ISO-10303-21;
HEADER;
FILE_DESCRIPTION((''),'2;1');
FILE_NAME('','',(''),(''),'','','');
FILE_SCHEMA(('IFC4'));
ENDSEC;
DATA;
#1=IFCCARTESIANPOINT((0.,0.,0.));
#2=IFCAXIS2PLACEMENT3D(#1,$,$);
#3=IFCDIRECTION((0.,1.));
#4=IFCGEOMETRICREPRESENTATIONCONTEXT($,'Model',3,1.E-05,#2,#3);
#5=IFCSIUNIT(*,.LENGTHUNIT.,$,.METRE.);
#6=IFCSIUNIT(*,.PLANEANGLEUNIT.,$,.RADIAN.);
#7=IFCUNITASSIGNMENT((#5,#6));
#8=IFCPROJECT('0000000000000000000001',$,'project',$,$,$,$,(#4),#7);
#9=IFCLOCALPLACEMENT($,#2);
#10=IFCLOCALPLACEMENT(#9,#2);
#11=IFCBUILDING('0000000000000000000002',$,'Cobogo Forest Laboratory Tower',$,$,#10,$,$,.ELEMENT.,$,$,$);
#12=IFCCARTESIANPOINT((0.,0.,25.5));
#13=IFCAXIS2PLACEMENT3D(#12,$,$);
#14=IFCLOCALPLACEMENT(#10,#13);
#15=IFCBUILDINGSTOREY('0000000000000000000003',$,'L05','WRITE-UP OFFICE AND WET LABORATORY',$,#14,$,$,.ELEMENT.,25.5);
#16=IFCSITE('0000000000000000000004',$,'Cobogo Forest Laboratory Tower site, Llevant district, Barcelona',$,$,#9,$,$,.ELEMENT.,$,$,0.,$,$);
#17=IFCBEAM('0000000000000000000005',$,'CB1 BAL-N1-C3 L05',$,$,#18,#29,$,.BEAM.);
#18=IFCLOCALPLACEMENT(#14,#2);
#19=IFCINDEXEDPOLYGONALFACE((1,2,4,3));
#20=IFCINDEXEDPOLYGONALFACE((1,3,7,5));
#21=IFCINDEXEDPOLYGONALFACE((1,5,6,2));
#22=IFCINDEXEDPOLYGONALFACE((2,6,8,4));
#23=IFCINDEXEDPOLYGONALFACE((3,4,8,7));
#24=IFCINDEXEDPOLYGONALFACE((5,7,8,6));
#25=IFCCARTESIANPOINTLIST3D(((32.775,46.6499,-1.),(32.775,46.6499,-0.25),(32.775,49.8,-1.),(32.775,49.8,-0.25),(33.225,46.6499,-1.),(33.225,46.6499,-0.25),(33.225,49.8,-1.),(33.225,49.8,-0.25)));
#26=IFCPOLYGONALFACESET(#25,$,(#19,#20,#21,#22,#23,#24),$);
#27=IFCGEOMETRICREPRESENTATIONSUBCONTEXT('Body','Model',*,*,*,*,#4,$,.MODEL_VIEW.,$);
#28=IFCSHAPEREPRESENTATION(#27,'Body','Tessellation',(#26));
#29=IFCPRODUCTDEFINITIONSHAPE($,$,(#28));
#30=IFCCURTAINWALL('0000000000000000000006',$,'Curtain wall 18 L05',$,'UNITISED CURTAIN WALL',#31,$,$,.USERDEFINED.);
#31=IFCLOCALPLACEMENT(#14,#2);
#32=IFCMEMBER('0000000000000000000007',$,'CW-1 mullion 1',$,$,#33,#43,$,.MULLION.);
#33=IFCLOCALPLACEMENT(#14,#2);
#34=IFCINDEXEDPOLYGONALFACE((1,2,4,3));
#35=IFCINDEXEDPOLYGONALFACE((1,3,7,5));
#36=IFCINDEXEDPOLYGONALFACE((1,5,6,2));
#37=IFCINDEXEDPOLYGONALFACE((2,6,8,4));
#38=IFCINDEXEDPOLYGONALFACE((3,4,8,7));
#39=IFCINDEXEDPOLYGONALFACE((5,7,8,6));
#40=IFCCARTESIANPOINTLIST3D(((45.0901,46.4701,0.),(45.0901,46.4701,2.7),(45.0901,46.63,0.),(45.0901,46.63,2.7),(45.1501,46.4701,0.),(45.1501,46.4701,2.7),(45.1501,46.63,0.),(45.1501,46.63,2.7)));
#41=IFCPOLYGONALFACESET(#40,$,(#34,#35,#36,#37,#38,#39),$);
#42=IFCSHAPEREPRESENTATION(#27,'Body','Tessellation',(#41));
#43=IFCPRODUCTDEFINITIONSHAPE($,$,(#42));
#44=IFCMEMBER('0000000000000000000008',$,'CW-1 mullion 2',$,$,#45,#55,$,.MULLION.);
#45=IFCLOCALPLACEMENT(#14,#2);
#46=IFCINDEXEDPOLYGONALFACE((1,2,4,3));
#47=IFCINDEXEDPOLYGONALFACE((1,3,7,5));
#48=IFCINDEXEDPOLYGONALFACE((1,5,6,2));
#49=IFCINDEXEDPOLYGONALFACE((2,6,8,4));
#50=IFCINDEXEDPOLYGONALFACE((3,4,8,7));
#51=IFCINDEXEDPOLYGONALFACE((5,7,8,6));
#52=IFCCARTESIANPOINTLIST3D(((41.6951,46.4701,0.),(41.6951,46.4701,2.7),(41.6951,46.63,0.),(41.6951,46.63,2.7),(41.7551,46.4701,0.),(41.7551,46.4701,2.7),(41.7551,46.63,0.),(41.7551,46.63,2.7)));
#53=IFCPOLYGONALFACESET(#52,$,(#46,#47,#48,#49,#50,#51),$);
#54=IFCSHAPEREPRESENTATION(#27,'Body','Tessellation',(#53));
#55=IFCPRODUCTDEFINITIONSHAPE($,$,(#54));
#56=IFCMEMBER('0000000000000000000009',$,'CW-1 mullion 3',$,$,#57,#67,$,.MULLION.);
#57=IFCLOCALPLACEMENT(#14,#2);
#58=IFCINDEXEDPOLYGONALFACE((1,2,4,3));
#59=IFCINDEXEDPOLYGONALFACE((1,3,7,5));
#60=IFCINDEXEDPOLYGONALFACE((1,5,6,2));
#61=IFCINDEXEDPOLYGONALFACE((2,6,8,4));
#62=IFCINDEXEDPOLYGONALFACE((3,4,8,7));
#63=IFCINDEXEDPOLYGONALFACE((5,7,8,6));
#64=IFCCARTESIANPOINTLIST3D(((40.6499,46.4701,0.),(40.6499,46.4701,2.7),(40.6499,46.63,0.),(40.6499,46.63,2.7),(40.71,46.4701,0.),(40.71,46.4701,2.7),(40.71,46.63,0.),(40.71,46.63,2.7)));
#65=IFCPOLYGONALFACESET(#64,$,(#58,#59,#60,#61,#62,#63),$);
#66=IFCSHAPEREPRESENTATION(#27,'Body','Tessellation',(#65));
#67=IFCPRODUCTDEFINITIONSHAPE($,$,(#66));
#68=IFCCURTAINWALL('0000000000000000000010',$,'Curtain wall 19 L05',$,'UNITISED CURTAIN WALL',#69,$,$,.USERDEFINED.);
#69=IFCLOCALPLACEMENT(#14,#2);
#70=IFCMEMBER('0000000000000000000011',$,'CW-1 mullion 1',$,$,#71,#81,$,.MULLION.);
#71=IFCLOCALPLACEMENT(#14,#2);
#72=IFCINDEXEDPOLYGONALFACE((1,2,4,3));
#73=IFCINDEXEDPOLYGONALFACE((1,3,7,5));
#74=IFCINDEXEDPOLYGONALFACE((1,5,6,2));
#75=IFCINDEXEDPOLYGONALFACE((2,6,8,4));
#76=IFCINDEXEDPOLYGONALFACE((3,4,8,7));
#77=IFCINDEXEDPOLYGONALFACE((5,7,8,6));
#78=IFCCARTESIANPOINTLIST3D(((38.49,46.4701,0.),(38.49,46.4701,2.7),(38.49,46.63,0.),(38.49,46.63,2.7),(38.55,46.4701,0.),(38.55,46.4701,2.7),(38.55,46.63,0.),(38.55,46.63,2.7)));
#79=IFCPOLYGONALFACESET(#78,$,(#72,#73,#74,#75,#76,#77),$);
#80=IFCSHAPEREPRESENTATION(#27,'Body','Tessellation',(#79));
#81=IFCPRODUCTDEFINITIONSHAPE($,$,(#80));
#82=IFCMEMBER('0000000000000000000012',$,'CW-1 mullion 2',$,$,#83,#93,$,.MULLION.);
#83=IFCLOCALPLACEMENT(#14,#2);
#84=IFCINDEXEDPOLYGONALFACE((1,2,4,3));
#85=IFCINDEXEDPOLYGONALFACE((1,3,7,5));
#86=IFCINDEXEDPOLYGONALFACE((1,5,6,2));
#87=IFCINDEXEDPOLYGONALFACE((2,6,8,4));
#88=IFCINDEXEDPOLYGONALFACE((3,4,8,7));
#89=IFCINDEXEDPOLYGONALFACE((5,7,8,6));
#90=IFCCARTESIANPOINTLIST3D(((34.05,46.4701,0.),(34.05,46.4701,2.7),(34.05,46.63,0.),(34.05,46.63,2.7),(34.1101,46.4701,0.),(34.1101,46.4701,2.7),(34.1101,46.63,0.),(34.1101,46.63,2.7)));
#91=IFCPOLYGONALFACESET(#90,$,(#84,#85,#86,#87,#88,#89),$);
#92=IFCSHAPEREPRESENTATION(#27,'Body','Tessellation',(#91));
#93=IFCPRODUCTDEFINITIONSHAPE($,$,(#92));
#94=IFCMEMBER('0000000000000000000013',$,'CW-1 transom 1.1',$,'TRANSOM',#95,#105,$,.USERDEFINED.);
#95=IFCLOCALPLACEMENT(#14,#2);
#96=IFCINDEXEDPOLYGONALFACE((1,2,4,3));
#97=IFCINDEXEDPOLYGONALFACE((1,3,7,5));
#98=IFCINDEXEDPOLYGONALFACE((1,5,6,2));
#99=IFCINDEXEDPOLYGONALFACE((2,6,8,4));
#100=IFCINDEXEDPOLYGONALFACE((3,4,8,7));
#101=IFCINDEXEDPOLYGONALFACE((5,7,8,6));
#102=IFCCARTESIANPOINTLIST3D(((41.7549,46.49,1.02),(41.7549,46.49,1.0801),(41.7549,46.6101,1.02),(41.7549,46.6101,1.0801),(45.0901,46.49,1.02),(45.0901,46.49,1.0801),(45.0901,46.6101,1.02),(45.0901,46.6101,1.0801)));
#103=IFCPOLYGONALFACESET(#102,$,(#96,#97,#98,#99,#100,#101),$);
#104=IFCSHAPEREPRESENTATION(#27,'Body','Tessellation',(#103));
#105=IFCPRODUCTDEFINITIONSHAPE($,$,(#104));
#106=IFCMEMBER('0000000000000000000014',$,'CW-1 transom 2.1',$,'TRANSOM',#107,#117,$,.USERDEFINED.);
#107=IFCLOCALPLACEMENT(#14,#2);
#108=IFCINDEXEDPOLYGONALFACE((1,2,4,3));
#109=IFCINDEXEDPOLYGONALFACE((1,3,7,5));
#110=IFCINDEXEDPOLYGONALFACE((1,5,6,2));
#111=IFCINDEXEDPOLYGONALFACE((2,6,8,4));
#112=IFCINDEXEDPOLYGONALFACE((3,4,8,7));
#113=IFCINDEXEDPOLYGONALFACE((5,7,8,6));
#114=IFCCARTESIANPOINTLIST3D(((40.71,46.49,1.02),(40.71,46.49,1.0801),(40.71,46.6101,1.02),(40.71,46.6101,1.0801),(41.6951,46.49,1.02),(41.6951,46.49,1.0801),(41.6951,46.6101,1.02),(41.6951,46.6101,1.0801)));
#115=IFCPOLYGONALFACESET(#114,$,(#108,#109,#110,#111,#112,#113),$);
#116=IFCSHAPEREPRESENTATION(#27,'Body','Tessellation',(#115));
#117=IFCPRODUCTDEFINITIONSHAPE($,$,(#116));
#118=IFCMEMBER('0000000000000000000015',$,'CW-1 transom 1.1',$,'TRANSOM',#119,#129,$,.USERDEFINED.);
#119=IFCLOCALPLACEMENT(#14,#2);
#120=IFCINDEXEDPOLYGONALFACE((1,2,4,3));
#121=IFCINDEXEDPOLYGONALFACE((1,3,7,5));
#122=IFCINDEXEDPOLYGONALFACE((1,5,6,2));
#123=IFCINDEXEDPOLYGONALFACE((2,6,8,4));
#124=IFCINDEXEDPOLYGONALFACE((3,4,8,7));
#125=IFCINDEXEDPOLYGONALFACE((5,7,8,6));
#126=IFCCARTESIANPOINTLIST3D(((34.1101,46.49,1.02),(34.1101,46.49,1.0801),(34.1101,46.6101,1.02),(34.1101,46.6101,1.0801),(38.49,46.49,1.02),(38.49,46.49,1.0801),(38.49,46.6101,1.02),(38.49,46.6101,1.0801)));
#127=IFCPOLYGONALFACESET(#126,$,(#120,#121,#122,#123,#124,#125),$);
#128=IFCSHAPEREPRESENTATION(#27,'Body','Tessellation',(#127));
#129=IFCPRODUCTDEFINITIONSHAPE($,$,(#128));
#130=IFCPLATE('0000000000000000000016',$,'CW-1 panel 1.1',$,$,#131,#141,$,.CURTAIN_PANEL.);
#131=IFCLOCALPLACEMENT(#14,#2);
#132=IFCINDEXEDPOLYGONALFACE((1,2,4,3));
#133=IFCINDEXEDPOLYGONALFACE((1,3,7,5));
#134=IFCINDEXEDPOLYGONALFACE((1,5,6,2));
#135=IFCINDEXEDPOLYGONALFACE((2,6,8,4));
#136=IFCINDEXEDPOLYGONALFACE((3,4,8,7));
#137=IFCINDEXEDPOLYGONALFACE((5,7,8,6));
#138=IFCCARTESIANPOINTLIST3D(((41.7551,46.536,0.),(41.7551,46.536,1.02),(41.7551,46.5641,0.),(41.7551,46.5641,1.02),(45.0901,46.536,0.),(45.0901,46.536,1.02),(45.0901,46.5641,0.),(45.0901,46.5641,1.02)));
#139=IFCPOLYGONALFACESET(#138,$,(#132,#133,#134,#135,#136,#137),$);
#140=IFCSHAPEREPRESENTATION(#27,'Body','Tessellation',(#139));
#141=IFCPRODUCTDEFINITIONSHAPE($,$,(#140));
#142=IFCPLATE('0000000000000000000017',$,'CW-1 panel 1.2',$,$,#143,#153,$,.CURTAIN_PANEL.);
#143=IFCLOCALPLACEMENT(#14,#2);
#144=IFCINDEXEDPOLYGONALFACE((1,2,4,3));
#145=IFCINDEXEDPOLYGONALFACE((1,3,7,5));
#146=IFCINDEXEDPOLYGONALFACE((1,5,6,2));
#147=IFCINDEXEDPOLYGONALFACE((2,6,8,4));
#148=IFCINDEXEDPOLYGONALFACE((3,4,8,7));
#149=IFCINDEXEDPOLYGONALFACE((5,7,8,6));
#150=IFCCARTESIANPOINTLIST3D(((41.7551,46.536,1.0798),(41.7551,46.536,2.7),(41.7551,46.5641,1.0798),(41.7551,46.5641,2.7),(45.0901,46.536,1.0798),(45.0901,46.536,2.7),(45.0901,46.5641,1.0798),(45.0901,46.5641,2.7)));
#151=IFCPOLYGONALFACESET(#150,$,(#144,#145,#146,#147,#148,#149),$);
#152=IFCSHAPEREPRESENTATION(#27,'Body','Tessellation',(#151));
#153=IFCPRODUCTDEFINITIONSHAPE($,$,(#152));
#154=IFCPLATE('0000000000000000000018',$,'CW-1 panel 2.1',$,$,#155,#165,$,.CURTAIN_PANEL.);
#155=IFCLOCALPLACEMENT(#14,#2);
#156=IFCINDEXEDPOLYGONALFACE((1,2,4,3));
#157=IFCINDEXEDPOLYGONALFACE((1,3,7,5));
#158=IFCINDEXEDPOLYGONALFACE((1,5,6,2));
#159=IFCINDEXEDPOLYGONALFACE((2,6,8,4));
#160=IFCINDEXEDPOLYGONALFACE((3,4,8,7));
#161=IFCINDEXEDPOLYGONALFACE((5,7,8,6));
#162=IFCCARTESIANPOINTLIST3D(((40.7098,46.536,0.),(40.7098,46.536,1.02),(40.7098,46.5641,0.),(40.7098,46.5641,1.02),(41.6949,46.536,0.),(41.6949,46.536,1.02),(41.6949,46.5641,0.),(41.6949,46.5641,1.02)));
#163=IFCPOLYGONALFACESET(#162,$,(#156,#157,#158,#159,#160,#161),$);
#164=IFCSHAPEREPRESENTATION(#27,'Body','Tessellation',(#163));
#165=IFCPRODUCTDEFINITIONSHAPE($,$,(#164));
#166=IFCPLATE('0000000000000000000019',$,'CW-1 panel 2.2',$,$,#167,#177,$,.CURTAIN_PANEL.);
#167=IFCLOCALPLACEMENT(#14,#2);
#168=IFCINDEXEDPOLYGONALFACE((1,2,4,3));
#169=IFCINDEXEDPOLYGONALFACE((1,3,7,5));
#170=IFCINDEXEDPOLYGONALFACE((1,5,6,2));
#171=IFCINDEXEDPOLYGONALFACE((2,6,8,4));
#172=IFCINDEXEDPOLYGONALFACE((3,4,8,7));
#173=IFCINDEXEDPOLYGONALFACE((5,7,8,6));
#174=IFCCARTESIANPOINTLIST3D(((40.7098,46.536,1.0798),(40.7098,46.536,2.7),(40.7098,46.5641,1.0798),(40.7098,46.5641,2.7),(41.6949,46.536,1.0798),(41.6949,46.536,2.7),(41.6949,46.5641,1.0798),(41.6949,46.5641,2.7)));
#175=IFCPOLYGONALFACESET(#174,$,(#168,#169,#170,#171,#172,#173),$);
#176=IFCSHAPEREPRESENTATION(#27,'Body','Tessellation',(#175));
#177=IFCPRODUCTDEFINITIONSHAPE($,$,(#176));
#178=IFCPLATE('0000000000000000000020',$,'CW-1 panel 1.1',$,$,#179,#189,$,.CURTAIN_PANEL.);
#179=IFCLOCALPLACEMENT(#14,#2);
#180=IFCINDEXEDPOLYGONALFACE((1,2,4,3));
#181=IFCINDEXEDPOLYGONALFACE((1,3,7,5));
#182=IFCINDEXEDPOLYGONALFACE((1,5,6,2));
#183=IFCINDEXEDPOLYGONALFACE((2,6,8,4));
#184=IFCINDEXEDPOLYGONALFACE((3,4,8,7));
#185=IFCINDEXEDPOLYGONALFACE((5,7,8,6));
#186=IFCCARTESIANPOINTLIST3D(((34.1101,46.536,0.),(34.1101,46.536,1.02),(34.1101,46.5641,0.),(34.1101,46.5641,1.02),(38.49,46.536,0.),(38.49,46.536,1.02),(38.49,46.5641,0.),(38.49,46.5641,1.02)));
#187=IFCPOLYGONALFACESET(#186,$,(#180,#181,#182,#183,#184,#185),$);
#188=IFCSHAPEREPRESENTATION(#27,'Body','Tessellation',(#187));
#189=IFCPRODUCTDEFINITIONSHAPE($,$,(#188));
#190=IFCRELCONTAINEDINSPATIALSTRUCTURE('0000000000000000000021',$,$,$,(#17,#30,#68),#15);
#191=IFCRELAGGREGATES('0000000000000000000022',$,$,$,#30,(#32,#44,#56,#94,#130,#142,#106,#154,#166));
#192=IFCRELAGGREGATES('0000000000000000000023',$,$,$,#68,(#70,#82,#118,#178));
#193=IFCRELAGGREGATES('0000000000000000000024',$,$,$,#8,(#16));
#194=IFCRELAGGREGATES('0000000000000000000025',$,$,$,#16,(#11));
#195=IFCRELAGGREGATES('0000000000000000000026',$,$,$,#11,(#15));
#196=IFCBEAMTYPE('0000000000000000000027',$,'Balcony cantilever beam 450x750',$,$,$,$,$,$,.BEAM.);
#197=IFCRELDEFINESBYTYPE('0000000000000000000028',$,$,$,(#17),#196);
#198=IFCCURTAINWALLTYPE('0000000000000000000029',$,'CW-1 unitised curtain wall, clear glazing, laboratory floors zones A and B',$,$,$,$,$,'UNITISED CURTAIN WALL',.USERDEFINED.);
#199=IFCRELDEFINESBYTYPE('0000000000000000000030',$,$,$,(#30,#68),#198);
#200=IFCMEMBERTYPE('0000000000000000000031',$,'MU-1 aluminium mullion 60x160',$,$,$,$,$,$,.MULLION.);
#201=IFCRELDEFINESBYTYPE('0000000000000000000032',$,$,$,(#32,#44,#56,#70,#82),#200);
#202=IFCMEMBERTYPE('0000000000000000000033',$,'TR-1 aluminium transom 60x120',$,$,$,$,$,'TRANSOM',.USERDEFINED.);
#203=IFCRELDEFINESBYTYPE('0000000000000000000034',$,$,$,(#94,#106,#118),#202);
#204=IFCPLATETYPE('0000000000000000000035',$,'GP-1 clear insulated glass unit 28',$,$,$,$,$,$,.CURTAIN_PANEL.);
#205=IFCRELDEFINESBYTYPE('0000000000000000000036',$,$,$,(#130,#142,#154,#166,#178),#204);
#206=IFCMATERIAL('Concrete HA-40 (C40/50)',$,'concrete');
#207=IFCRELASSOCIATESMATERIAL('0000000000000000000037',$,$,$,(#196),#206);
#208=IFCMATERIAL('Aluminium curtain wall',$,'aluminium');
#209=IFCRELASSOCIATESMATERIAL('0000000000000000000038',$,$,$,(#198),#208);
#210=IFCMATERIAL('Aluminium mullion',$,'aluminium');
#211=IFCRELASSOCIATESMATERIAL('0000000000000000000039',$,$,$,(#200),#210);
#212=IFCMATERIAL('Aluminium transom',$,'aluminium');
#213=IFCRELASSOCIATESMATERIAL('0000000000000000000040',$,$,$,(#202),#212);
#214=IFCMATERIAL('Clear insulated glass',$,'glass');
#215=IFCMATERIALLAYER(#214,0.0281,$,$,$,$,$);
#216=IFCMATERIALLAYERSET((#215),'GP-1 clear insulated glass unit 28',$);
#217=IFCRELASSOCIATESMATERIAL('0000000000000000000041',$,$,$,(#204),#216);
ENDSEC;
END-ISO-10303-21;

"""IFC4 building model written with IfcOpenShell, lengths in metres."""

from ifc_helpers import new_model, si_unit, direction, frame, origin, origin_2d, place, context, subcontext, project, spatial, rectangle, extrude, material, layer, layer_set, material_profile, profile_set, type_object, element, aggregate, save


model = new_model("IFC4")

# Units and contexts
model_context = context("Model", 3, precision=1e-05, world=origin(), true_north=direction((0.0, 1.0)))
body_context = subcontext(model_context, "Body", "Model", "MODEL_VIEW")
ifc_project = project(units=[si_unit("LENGTHUNIT", "METRE"), si_unit("PLANEANGLEUNIT", "RADIAN")], contexts=[model_context])

# Site, building, storey
site_placement = place(None, origin())
site = spatial("IfcSite", under=ifc_project, at=site_placement, Name="Cobogo Forest Laboratory Tower site, Llevant district, Barcelona", CompositionType="ELEMENT", RefElevation=0.0)
building_placement = place(site_placement, origin())
building = spatial("IfcBuilding", under=site, at=building_placement, Name="Cobogo Forest Laboratory Tower", CompositionType="ELEMENT")
storey_placement = place(building_placement, frame((0.0, 0.0, 25.5)))
storey = spatial("IfcBuildingStorey", under=building, at=storey_placement, Name="L05", Description="WRITE-UP OFFICE AND WET LABORATORY", CompositionType="ELEMENT", Elevation=25.5)

# Beam
ifc_material_1 = material(Name="Concrete HA-40 (C40/50)", Category="concrete")
ifc_material_profile_1 = material_profile(ifc_material_1, rectangle(XDim=0.45, YDim=0.75, at=origin_2d()), Name="RC 450x750")
ifc_profile_set_1 = profile_set([ifc_material_profile_1], Name="Concrete HA-40 (C40/50)")
beam_type = type_object("IfcBeamType", Name="Balcony cantilever beam 450x750", PredefinedType="BEAM", material=ifc_profile_set_1)
beam_placement = place(storey_placement, frame((33.0, 46.6499, -0.625), z_axis=(0.0, 1.0, 0.0), x_axis=(-1.0, 0.0, 0.0)))
element("IfcBeam", 1, at=beam_placement, inside=storey, type_object=beam_type, Name="CB1 BAL-N1-C3 L05", PredefinedType="BEAM", context=body_context, shape_type="SweptSolid", body=[
    extrude(rectangle(XDim=0.45, YDim=0.75, at=origin_2d()), origin(), (0.0, 0.0, 1.0), 3.1501),
])

# Curtain walls, members
ifc_material_2 = material(Name="Aluminium curtain wall", Category="aluminium")
curtain_wall_type = type_object("IfcCurtainWallType", Name="CW-1 unitised curtain wall, clear glazing, laboratory floors zones A and B", ElementType="UNITISED CURTAIN WALL", PredefinedType="USERDEFINED", material=ifc_material_2)
curtain_wall_1_placement = place(storey_placement, origin())
curtain_wall_1 = element("IfcCurtainWall", 2, at=curtain_wall_1_placement, inside=storey, type_object=curtain_wall_type, Name="Curtain wall 18 L05", ObjectType="UNITISED CURTAIN WALL", PredefinedType="USERDEFINED")
ifc_material_3 = material(Name="Aluminium mullion", Category="aluminium")
ifc_material_profile_2 = material_profile(ifc_material_3, rectangle(XDim=0.0601, YDim=0.1599, at=origin_2d()), Name="AL 60x160")
ifc_profile_set_2 = profile_set([ifc_material_profile_2], Name="Aluminium mullion")
member_type_1 = type_object("IfcMemberType", Name="MU-1 aluminium mullion 60x160", PredefinedType="MULLION", material=ifc_profile_set_2)
member_1_placement = place(storey_placement, frame((45.1201, 46.55, 0.0), z_axis=(0.0, 0.0, 1.0), x_axis=(-1.0, 0.0, 0.0)))
member_1 = element("IfcMember", 3, at=member_1_placement, type_object=member_type_1, Name="CW-1 mullion 1", PredefinedType="MULLION", context=body_context, shape_type="SweptSolid", body=[
    extrude(rectangle(XDim=0.0601, YDim=0.1599, at=origin_2d()), origin(), (0.0, 0.0, 1.0), 2.7),
])
member_2_placement = place(storey_placement, frame((41.7251, 46.55, 0.0), z_axis=(0.0, 0.0, 1.0), x_axis=(-1.0, 0.0, 0.0)))
member_2 = element("IfcMember", 4, at=member_2_placement, type_object=member_type_1, Name="CW-1 mullion 2", PredefinedType="MULLION", context=body_context, shape_type="SweptSolid", body=[
    extrude(rectangle(XDim=0.0601, YDim=0.1599, at=origin_2d()), origin(), (0.0, 0.0, 1.0), 2.7),
])
member_3_placement = place(storey_placement, frame((40.6799, 46.55, 0.0), z_axis=(0.0, 0.0, 1.0), x_axis=(-1.0, 0.0, 0.0)))
member_3 = element("IfcMember", 5, at=member_3_placement, type_object=member_type_1, Name="CW-1 mullion 3", PredefinedType="MULLION", context=body_context, shape_type="SweptSolid", body=[
    extrude(rectangle(XDim=0.0601, YDim=0.1599, at=origin_2d()), origin(), (0.0, 0.0, 1.0), 2.7),
])
curtain_wall_2_placement = place(storey_placement, origin())
curtain_wall_2 = element("IfcCurtainWall", 6, at=curtain_wall_2_placement, inside=storey, type_object=curtain_wall_type, Name="Curtain wall 19 L05", ObjectType="UNITISED CURTAIN WALL", PredefinedType="USERDEFINED")
member_4_placement = place(storey_placement, frame((38.52, 46.55, 0.0), z_axis=(0.0, 0.0, 1.0), x_axis=(-1.0, 0.0, 0.0)))
member_4 = element("IfcMember", 7, at=member_4_placement, type_object=member_type_1, Name="CW-1 mullion 1", PredefinedType="MULLION", context=body_context, shape_type="SweptSolid", body=[
    extrude(rectangle(XDim=0.0601, YDim=0.1599, at=origin_2d()), origin(), (0.0, 0.0, 1.0), 2.7),
])
member_5_placement = place(storey_placement, frame((34.0801, 46.55, 0.0), z_axis=(0.0, 0.0, 1.0), x_axis=(-1.0, 0.0, 0.0)))
member_5 = element("IfcMember", 8, at=member_5_placement, type_object=member_type_1, Name="CW-1 mullion 2", PredefinedType="MULLION", context=body_context, shape_type="SweptSolid", body=[
    extrude(rectangle(XDim=0.0601, YDim=0.1599, at=origin_2d()), origin(), (0.0, 0.0, 1.0), 2.7),
])

# Members
ifc_material_4 = material(Name="Aluminium transom", Category="aluminium")
ifc_material_profile_3 = material_profile(ifc_material_4, rectangle(XDim=0.1201, YDim=0.0601, at=origin_2d()), Name="AL 60x120")
ifc_profile_set_3 = profile_set([ifc_material_profile_3], Name="Aluminium transom")
member_type_2 = type_object("IfcMemberType", Name="TR-1 aluminium transom 60x120", ElementType="TRANSOM", PredefinedType="USERDEFINED", material=ifc_profile_set_3)
member_6_placement = place(storey_placement, frame((45.0901, 46.55, 1.05), z_axis=(-1.0, 0.0, 0.0), x_axis=(0.0, -1.0, 0.0)))
member_6 = element("IfcMember", 9, at=member_6_placement, type_object=member_type_2, Name="CW-1 transom 1.1", ObjectType="TRANSOM", PredefinedType="USERDEFINED", context=body_context, shape_type="SweptSolid", body=[
    extrude(rectangle(XDim=0.1201, YDim=0.0601, at=origin_2d()), origin(), (0.0, 0.0, 1.0), 3.3352),
])
member_7_placement = place(storey_placement, frame((41.6951, 46.55, 1.05), z_axis=(-1.0, 0.0, 0.0), x_axis=(0.0, -1.0, 0.0)))
member_7 = element("IfcMember", 10, at=member_7_placement, type_object=member_type_2, Name="CW-1 transom 2.1", ObjectType="TRANSOM", PredefinedType="USERDEFINED", context=body_context, shape_type="SweptSolid", body=[
    extrude(rectangle(XDim=0.1201, YDim=0.0601, at=origin_2d()), origin(), (0.0, 0.0, 1.0), 0.9851),
])
member_8_placement = place(storey_placement, frame((38.49, 46.55, 1.05), z_axis=(-1.0, 0.0, 0.0), x_axis=(0.0, -1.0, 0.0)))
member_8 = element("IfcMember", 11, at=member_8_placement, type_object=member_type_2, Name="CW-1 transom 1.1", ObjectType="TRANSOM", PredefinedType="USERDEFINED", context=body_context, shape_type="SweptSolid", body=[
    extrude(rectangle(XDim=0.1201, YDim=0.0601, at=origin_2d()), origin(), (0.0, 0.0, 1.0), 4.3799),
])

# Plates
ifc_material_5 = material(Name="Clear insulated glass", Category="glass")
ifc_layer_1 = layer(ifc_material_5, 0.0281)
ifc_layer_set_1 = layer_set([ifc_layer_1], Name="GP-1 clear insulated glass unit 28")
plate_type_1 = type_object("IfcPlateType", Name="GP-1 clear insulated glass unit 28", PredefinedType="CURTAIN_PANEL", material=ifc_layer_set_1)
plate_1_placement = place(storey_placement, frame((43.4226, 46.55, 0.0), z_axis=(0.0, 0.0, 1.0), x_axis=(-1.0, 0.0, 0.0)))
plate_1 = element("IfcPlate", 12, at=plate_1_placement, type_object=plate_type_1, Name="CW-1 panel 1.1", PredefinedType="CURTAIN_PANEL", context=body_context, shape_type="SweptSolid", body=[
    extrude(rectangle(XDim=3.335, YDim=0.0281, at=origin_2d()), origin(), (0.0, 0.0, 1.0), 1.02),
])
plate_2_placement = place(storey_placement, frame((43.4226, 46.55, 1.0798), z_axis=(0.0, 0.0, 1.0), x_axis=(-1.0, 0.0, 0.0)))
plate_2 = element("IfcPlate", 13, at=plate_2_placement, type_object=plate_type_1, Name="CW-1 panel 1.2", PredefinedType="CURTAIN_PANEL", context=body_context, shape_type="SweptSolid", body=[
    extrude(rectangle(XDim=3.335, YDim=0.0281, at=origin_2d()), origin(), (0.0, 0.0, 1.0), 1.6201),
])
plate_3_placement = place(storey_placement, frame((41.2024, 46.55, 0.0), z_axis=(0.0, 0.0, 1.0), x_axis=(-1.0, 0.0, 0.0)))
plate_3 = element("IfcPlate", 14, at=plate_3_placement, type_object=plate_type_1, Name="CW-1 panel 2.1", PredefinedType="CURTAIN_PANEL", context=body_context, shape_type="SweptSolid", body=[
    extrude(rectangle(XDim=0.9851, YDim=0.0281, at=origin_2d()), origin(), (0.0, 0.0, 1.0), 1.02),
])
plate_4_placement = place(storey_placement, frame((41.2024, 46.55, 1.0798), z_axis=(0.0, 0.0, 1.0), x_axis=(-1.0, 0.0, 0.0)))
plate_4 = element("IfcPlate", 15, at=plate_4_placement, type_object=plate_type_1, Name="CW-1 panel 2.2", PredefinedType="CURTAIN_PANEL", context=body_context, shape_type="SweptSolid", body=[
    extrude(rectangle(XDim=0.9851, YDim=0.0281, at=origin_2d()), origin(), (0.0, 0.0, 1.0), 1.6201),
])
aggregate(curtain_wall_1, [member_1, member_2, member_3, member_6, plate_1, plate_2, member_7, plate_3, plate_4])
plate_5_placement = place(storey_placement, frame((36.3, 46.55, 0.0), z_axis=(0.0, 0.0, 1.0), x_axis=(-1.0, 0.0, 0.0)))
plate_5 = element("IfcPlate", 16, at=plate_5_placement, type_object=plate_type_1, Name="CW-1 panel 1.1", PredefinedType="CURTAIN_PANEL", context=body_context, shape_type="SweptSolid", body=[
    extrude(rectangle(XDim=4.3799, YDim=0.0281, at=origin_2d()), origin(), (0.0, 0.0, 1.0), 1.02),
])
aggregate(curtain_wall_2, [member_4, member_5, member_8, plate_5])

save(model, "model.ifc")
